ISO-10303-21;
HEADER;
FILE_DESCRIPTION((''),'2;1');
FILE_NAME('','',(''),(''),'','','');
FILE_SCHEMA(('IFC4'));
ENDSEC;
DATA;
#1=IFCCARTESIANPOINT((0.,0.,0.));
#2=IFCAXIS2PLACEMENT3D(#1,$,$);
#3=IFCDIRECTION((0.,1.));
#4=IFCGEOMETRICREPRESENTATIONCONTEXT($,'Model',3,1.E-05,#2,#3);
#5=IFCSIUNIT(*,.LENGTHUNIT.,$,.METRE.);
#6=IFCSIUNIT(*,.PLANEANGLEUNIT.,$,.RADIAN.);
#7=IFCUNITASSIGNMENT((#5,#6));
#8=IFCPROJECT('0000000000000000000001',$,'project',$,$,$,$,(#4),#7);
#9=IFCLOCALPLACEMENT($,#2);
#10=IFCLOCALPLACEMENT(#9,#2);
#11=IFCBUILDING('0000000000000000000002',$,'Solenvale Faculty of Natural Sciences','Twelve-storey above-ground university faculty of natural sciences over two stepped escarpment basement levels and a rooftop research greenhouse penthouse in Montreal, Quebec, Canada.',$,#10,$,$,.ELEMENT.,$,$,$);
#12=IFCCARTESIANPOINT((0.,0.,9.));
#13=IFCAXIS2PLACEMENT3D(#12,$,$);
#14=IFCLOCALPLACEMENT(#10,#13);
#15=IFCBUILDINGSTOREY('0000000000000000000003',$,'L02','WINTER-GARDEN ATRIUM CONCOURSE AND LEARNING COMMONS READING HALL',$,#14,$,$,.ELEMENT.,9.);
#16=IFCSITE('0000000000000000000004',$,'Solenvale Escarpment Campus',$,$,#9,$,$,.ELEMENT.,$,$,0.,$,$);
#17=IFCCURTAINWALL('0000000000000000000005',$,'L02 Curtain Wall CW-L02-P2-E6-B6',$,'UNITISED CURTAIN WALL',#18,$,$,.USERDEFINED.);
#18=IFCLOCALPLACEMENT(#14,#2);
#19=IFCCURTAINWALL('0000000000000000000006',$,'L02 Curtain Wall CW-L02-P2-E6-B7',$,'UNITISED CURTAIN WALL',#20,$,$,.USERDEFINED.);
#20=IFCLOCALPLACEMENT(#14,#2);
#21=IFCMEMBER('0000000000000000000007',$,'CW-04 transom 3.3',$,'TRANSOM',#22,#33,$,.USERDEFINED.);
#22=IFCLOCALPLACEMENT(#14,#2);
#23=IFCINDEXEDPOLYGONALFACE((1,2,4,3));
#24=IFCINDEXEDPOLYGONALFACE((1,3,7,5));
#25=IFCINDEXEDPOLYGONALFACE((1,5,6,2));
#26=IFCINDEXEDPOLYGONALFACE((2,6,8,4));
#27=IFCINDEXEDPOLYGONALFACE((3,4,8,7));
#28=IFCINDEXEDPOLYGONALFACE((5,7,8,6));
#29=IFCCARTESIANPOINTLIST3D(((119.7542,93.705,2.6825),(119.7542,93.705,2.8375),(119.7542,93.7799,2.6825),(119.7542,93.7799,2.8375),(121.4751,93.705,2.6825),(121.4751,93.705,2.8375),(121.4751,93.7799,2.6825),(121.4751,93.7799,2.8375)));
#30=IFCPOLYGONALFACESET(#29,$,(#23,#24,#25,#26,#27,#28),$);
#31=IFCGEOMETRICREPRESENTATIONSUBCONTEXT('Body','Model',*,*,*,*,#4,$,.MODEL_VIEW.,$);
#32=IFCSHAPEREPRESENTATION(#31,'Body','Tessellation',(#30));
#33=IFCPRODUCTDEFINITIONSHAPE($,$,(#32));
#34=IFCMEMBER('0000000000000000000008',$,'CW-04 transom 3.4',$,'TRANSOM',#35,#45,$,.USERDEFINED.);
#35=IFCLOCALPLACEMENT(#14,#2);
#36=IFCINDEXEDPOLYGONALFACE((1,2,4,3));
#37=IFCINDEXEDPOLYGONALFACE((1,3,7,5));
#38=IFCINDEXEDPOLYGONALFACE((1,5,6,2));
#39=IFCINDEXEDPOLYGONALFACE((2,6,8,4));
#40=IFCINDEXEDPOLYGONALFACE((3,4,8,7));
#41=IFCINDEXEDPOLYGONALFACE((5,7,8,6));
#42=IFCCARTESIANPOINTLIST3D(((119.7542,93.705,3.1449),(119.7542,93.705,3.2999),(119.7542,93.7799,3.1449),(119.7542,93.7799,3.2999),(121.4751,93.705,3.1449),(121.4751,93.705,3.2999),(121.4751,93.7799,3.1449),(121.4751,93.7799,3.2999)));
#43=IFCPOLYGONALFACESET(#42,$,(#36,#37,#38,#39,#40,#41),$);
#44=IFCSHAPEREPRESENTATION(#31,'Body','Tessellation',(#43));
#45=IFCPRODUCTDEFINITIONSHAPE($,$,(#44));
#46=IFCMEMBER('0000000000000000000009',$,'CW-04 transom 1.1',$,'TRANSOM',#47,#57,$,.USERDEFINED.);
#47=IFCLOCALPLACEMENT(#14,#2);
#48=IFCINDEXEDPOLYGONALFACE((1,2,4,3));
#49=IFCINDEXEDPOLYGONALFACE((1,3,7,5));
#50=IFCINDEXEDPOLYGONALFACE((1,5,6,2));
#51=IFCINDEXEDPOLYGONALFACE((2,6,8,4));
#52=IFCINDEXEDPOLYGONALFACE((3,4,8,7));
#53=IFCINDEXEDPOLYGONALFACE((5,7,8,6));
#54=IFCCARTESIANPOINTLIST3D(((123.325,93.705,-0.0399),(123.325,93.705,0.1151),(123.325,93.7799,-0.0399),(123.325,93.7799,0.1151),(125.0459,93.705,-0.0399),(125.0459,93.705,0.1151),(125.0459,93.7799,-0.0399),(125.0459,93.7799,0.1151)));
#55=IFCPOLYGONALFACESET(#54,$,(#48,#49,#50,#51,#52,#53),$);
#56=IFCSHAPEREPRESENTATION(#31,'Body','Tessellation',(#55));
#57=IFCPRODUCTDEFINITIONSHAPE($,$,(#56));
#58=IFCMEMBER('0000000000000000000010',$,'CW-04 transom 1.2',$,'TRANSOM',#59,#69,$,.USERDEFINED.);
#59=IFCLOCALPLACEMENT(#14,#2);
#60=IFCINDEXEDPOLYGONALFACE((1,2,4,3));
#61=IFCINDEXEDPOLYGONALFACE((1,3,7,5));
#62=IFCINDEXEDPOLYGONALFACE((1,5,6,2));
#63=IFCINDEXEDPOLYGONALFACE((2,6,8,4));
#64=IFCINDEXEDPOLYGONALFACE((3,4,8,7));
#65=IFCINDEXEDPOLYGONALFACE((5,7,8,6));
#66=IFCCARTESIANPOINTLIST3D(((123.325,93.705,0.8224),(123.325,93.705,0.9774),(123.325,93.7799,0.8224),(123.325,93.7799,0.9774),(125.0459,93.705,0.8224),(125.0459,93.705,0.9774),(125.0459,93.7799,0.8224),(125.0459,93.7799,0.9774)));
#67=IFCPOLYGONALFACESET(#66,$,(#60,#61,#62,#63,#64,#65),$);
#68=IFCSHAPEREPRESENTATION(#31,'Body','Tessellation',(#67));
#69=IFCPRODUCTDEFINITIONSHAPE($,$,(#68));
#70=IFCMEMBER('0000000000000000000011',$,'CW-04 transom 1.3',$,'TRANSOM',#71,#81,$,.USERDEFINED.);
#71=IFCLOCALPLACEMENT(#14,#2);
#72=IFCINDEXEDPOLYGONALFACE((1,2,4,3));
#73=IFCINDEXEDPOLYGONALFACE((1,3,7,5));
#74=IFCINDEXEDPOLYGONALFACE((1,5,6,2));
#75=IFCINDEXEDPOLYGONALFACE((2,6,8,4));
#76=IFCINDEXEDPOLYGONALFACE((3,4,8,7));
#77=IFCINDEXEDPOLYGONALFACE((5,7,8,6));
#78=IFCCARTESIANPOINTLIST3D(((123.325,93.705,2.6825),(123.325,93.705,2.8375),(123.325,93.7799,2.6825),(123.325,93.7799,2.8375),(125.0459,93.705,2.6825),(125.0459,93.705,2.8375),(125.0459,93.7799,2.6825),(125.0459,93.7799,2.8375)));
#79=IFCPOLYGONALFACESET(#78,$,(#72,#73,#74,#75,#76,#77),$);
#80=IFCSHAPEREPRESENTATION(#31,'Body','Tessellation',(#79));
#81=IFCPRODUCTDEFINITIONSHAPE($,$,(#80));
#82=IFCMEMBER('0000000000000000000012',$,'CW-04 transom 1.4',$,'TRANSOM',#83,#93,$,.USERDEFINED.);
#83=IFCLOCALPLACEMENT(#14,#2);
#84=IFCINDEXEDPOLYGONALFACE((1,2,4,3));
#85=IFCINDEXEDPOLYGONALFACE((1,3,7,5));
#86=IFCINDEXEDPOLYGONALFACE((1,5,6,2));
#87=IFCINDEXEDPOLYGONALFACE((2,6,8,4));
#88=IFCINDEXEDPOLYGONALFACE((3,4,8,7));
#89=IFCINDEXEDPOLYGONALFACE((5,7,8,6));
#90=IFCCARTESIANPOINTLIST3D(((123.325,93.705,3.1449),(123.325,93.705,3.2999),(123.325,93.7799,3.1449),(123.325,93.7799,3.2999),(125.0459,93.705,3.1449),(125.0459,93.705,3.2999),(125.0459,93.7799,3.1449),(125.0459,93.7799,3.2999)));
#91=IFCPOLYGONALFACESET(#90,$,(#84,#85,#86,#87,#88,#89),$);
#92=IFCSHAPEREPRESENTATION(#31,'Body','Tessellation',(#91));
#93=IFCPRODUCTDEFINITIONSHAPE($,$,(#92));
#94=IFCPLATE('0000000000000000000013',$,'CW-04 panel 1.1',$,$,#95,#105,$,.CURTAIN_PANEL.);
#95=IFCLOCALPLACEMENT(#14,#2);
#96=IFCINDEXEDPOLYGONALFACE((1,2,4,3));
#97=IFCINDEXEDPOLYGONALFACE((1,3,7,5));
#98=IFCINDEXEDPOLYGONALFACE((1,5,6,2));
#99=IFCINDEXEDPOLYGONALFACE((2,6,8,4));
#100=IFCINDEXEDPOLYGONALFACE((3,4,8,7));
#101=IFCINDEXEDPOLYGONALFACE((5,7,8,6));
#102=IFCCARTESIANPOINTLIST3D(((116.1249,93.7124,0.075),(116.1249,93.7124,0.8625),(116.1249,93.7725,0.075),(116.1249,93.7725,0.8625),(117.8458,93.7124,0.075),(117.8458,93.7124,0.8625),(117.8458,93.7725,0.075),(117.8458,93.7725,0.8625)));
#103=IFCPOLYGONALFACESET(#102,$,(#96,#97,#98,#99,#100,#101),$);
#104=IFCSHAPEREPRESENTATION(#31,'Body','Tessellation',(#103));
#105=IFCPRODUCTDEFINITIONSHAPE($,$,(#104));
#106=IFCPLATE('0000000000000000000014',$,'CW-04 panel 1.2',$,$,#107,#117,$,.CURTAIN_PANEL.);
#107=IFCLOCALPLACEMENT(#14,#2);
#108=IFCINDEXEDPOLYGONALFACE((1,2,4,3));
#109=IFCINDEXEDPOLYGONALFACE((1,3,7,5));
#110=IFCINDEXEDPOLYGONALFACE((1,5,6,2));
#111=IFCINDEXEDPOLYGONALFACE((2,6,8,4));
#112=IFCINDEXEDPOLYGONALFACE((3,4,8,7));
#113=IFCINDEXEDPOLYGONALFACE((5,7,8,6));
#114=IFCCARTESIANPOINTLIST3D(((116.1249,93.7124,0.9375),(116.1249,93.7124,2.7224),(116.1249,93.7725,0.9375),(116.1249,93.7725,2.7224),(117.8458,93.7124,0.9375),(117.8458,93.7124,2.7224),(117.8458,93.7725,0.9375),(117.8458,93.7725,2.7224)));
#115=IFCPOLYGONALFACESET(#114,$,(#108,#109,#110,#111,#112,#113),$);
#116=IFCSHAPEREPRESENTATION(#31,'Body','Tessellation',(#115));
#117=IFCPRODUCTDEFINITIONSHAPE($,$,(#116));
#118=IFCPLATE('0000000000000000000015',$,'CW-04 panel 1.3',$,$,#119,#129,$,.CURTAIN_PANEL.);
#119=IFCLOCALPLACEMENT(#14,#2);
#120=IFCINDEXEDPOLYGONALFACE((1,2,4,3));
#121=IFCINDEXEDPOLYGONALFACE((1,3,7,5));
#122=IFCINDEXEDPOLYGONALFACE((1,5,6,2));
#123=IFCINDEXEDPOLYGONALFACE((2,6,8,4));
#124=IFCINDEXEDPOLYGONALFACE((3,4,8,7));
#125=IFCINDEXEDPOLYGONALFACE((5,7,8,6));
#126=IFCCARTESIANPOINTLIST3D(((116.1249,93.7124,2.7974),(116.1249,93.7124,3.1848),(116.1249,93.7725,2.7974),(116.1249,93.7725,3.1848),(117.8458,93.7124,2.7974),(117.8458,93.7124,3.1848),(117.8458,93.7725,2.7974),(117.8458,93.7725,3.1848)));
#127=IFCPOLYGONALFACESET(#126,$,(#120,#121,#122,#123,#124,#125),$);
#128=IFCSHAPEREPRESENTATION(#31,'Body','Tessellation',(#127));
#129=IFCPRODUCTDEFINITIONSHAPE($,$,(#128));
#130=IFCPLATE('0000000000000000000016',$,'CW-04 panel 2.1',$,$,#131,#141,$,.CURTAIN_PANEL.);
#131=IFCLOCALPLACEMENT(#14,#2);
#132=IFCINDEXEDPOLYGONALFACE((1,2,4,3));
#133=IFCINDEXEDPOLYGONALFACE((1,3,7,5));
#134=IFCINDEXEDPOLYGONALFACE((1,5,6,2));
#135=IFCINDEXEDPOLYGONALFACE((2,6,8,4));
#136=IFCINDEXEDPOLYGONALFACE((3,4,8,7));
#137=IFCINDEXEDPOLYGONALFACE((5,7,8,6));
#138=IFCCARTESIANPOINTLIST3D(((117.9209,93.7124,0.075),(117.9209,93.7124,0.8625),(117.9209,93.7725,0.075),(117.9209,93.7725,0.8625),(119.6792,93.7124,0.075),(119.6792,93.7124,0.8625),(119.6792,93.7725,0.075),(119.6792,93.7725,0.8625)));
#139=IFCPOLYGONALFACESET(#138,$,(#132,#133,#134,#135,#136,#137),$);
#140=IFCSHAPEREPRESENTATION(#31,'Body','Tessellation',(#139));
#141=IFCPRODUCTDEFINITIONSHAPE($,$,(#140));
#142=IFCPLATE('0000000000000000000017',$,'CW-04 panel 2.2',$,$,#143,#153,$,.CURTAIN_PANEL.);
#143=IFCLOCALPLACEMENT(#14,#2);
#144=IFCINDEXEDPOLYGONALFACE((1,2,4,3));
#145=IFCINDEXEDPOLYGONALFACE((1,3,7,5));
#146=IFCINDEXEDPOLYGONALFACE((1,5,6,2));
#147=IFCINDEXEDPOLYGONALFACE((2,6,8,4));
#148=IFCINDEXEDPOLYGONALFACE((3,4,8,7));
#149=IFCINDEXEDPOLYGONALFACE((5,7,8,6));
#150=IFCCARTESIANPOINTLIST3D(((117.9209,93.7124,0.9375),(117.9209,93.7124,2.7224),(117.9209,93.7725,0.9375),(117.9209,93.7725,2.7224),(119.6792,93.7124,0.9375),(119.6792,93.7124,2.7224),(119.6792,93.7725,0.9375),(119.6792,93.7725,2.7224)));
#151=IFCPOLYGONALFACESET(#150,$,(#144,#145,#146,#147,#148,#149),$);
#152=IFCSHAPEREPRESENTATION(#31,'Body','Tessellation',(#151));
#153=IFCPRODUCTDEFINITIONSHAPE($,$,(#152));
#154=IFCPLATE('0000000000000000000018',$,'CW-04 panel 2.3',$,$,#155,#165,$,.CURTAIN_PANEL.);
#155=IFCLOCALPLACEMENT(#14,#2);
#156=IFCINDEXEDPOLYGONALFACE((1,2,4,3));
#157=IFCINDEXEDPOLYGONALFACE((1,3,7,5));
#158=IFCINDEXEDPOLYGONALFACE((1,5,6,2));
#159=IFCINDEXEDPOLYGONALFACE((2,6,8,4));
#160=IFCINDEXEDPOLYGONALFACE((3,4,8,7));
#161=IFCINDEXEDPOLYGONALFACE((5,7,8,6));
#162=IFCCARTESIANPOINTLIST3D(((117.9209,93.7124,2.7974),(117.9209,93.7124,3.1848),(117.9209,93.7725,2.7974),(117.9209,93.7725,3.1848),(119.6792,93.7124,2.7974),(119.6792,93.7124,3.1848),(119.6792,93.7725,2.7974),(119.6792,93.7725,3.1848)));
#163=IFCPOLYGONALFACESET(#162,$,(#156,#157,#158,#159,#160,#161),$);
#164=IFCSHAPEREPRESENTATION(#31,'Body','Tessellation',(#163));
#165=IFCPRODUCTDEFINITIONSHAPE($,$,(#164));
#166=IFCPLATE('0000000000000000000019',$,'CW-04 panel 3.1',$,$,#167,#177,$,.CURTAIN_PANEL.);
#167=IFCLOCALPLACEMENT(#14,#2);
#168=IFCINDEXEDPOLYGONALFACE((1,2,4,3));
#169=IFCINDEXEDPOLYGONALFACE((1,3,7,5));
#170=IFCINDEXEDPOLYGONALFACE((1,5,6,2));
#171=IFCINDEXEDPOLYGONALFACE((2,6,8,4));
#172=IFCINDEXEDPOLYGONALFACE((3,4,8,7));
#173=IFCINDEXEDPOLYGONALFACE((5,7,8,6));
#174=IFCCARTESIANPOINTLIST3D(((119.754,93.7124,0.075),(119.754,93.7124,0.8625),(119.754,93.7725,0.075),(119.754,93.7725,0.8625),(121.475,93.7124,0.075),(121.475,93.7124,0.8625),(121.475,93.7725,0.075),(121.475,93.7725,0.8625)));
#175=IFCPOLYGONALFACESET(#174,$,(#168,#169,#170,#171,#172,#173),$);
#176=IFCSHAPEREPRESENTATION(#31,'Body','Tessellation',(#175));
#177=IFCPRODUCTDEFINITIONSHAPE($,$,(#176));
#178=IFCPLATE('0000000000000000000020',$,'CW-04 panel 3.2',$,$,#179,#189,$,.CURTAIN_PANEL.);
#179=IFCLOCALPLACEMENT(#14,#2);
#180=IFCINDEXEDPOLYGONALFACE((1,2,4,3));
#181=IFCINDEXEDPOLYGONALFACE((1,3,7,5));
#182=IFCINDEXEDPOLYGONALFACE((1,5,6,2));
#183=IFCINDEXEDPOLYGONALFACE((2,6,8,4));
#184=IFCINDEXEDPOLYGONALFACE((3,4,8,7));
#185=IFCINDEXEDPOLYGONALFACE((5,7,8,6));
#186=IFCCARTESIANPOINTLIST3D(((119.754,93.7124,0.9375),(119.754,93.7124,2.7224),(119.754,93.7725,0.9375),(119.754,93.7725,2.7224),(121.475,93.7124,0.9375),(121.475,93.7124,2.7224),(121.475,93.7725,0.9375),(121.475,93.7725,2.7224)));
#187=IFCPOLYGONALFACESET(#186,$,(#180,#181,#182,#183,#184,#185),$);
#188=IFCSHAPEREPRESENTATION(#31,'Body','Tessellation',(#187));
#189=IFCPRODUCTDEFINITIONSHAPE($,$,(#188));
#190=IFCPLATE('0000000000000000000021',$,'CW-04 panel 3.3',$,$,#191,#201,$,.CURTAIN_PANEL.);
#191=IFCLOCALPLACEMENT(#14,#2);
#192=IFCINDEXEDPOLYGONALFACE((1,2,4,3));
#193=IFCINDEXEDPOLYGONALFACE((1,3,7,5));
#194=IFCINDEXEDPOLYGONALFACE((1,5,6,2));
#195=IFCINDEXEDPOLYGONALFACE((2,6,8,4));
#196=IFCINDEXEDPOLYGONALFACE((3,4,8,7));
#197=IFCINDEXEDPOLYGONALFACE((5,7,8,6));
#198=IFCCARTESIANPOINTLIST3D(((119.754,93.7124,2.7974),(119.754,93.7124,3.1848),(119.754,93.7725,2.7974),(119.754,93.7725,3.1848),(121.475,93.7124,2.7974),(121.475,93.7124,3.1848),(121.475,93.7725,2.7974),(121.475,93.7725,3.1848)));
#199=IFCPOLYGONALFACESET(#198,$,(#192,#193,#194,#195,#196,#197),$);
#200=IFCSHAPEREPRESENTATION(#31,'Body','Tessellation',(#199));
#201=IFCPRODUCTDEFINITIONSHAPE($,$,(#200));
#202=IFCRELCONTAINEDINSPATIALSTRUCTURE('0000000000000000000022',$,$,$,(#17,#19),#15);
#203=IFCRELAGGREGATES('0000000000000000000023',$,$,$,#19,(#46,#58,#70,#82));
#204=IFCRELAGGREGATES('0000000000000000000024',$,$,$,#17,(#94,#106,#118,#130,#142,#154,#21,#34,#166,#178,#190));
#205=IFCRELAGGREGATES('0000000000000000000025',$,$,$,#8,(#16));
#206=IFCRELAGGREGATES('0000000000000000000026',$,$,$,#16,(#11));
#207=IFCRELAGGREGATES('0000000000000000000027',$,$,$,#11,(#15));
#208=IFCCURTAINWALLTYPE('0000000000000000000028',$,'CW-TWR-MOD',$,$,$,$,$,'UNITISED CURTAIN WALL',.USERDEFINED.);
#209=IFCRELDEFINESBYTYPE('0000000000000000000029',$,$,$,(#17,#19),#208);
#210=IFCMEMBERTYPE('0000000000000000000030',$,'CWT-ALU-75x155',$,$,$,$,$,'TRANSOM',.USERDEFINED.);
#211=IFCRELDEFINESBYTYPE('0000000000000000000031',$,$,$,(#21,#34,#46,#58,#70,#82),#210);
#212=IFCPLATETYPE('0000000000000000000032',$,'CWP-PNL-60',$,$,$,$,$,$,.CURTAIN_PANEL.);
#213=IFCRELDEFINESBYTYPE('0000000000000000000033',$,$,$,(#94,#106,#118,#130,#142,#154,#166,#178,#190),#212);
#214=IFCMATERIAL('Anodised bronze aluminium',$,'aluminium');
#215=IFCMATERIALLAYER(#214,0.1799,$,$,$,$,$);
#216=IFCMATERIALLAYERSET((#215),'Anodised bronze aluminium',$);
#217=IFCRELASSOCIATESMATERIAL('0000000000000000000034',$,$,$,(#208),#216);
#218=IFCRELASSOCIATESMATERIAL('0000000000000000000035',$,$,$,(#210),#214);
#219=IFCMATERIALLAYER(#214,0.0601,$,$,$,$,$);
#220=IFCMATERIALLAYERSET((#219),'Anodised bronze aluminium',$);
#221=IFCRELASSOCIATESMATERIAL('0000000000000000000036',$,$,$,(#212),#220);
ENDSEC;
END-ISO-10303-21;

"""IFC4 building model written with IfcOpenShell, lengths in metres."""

from ifc_helpers import new_model, si_unit, direction, frame, origin, origin_2d, place, context, subcontext, project, spatial, rectangle, extrude, material, layer, layer_set, material_profile, profile_set, type_object, element, aggregate, save


model = new_model("IFC4")

# Units and contexts
model_context = context("Model", 3, precision=1e-05, world=origin(), true_north=direction((0.0, 1.0)))
body_context = subcontext(model_context, "Body", "Model", "MODEL_VIEW")
ifc_project = project(units=[si_unit("LENGTHUNIT", "METRE"), si_unit("PLANEANGLEUNIT", "RADIAN")], contexts=[model_context])

# Site, building, storey
site_placement = place(None, origin())
site = spatial("IfcSite", under=ifc_project, at=site_placement, Name="Solenvale Escarpment Campus", CompositionType="ELEMENT", RefElevation=0.0)
building_placement = place(site_placement, origin())
building = spatial("IfcBuilding", under=site, at=building_placement, Name="Solenvale Faculty of Natural Sciences", Description="Twelve-storey above-ground university faculty of natural sciences over two stepped escarpment basement levels and a rooftop research greenhouse penthouse in Montreal, Quebec, Canada.", CompositionType="ELEMENT")
storey_placement = place(building_placement, frame((0.0, 0.0, 9.0)))
storey = spatial("IfcBuildingStorey", under=building, at=storey_placement, Name="L02", Description="WINTER-GARDEN ATRIUM CONCOURSE AND LEARNING COMMONS READING HALL", CompositionType="ELEMENT", Elevation=9.0)

# Curtain wall
ifc_material_1 = material(Name="Anodised bronze aluminium", Category="aluminium")
ifc_layer_1 = layer(ifc_material_1, 0.1799)
ifc_layer_set_1 = layer_set([ifc_layer_1], Name="Anodised bronze aluminium")
curtain_wall_type = type_object("IfcCurtainWallType", Name="CW-TWR-MOD", ElementType="UNITISED CURTAIN WALL", PredefinedType="USERDEFINED", material=ifc_layer_set_1)
curtain_wall_1_placement = place(storey_placement, origin())
curtain_wall_1 = element("IfcCurtainWall", 1, at=curtain_wall_1_placement, inside=storey, type_object=curtain_wall_type, Name="L02 Curtain Wall CW-L02-P2-E6-B6", ObjectType="UNITISED CURTAIN WALL", PredefinedType="USERDEFINED")

# Curtain wall
curtain_wall_2_placement = place(storey_placement, origin())
curtain_wall_2 = element("IfcCurtainWall", 2, at=curtain_wall_2_placement, inside=storey, type_object=curtain_wall_type, Name="L02 Curtain Wall CW-L02-P2-E6-B7", ObjectType="UNITISED CURTAIN WALL", PredefinedType="USERDEFINED")

# Members
ifc_material_profile_1 = material_profile(ifc_material_1, rectangle(XDim=0.075, YDim=0.155, at=origin_2d()), Name="ALU-TRN-75x155")
ifc_profile_set_1 = profile_set([ifc_material_profile_1], Name="Anodised bronze aluminium")
member_type_1 = type_object("IfcMemberType", Name="CWT-ALU-75x155", ElementType="TRANSOM", PredefinedType="USERDEFINED", material=ifc_profile_set_1)
member_1_placement = place(storey_placement, frame((119.7542, 93.7424, 2.76), z_axis=(1.0, 0.0, 0.0), x_axis=(0.0, 1.0, 0.0)))
member_1 = element("IfcMember", 3, at=member_1_placement, type_object=member_type_1, Name="CW-04 transom 3.3", ObjectType="TRANSOM", PredefinedType="USERDEFINED", context=body_context, shape_type="SweptSolid", body=[
    extrude(rectangle(XDim=0.075, YDim=0.155, at=origin_2d()), origin(), (0.0, 0.0, 1.0), 1.7209),
])
member_2_placement = place(storey_placement, frame((119.7542, 93.7424, 3.2224), z_axis=(1.0, 0.0, 0.0), x_axis=(0.0, 1.0, 0.0)))
member_2 = element("IfcMember", 4, at=member_2_placement, type_object=member_type_1, Name="CW-04 transom 3.4", ObjectType="TRANSOM", PredefinedType="USERDEFINED", context=body_context, shape_type="SweptSolid", body=[
    extrude(rectangle(XDim=0.075, YDim=0.155, at=origin_2d()), origin(), (0.0, 0.0, 1.0), 1.7209),
])
member_3_placement = place(storey_placement, frame((123.325, 93.7424, 0.0376), z_axis=(1.0, 0.0, 0.0), x_axis=(0.0, 1.0, 0.0)))
member_3 = element("IfcMember", 5, at=member_3_placement, type_object=member_type_1, Name="CW-04 transom 1.1", ObjectType="TRANSOM", PredefinedType="USERDEFINED", context=body_context, shape_type="SweptSolid", body=[
    extrude(rectangle(XDim=0.075, YDim=0.155, at=origin_2d()), origin(), (0.0, 0.0, 1.0), 1.7209),
])
member_4_placement = place(storey_placement, frame((123.325, 93.7424, 0.8999), z_axis=(1.0, 0.0, 0.0), x_axis=(0.0, 1.0, 0.0)))
member_4 = element("IfcMember", 6, at=member_4_placement, type_object=member_type_1, Name="CW-04 transom 1.2", ObjectType="TRANSOM", PredefinedType="USERDEFINED", context=body_context, shape_type="SweptSolid", body=[
    extrude(rectangle(XDim=0.075, YDim=0.155, at=origin_2d()), origin(), (0.0, 0.0, 1.0), 1.7209),
])
member_5_placement = place(storey_placement, frame((123.325, 93.7424, 2.76), z_axis=(1.0, 0.0, 0.0), x_axis=(0.0, 1.0, 0.0)))
member_5 = element("IfcMember", 7, at=member_5_placement, type_object=member_type_1, Name="CW-04 transom 1.3", ObjectType="TRANSOM", PredefinedType="USERDEFINED", context=body_context, shape_type="SweptSolid", body=[
    extrude(rectangle(XDim=0.075, YDim=0.155, at=origin_2d()), origin(), (0.0, 0.0, 1.0), 1.7209),
])
member_6_placement = place(storey_placement, frame((123.325, 93.7424, 3.2224), z_axis=(1.0, 0.0, 0.0), x_axis=(0.0, 1.0, 0.0)))
member_6 = element("IfcMember", 8, at=member_6_placement, type_object=member_type_1, Name="CW-04 transom 1.4", ObjectType="TRANSOM", PredefinedType="USERDEFINED", context=body_context, shape_type="SweptSolid", body=[
    extrude(rectangle(XDim=0.075, YDim=0.155, at=origin_2d()), origin(), (0.0, 0.0, 1.0), 1.7209),
])
aggregate(curtain_wall_2, [member_3, member_4, member_5, member_6])

# Plates
ifc_layer_2 = layer(ifc_material_1, 0.0601)
ifc_layer_set_2 = layer_set([ifc_layer_2], Name="Anodised bronze aluminium")
plate_type = type_object("IfcPlateType", Name="CWP-PNL-60", PredefinedType="CURTAIN_PANEL", material=ifc_layer_set_2)
plate_1_placement = place(storey_placement, frame((116.9854, 93.7424, 0.075), z_axis=(0.0, 0.0, 1.0), x_axis=(1.0, 0.0, 0.0)))
plate_1 = element("IfcPlate", 9, at=plate_1_placement, type_object=plate_type, Name="CW-04 panel 1.1", PredefinedType="CURTAIN_PANEL", context=body_context, shape_type="SweptSolid", body=[
    extrude(rectangle(XDim=1.7209, YDim=0.0601, at=origin_2d()), origin(), (0.0, 0.0, 1.0), 0.7876),
])
plate_2_placement = place(storey_placement, frame((116.9854, 93.7424, 0.9375), z_axis=(0.0, 0.0, 1.0), x_axis=(1.0, 0.0, 0.0)))
plate_2 = element("IfcPlate", 10, at=plate_2_placement, type_object=plate_type, Name="CW-04 panel 1.2", PredefinedType="CURTAIN_PANEL", context=body_context, shape_type="SweptSolid", body=[
    extrude(rectangle(XDim=1.7209, YDim=0.0601, at=origin_2d()), origin(), (0.0, 0.0, 1.0), 1.7849),
])
plate_3_placement = place(storey_placement, frame((116.9854, 93.7424, 2.7974), z_axis=(0.0, 0.0, 1.0), x_axis=(1.0, 0.0, 0.0)))
plate_3 = element("IfcPlate", 11, at=plate_3_placement, type_object=plate_type, Name="CW-04 panel 1.3", PredefinedType="CURTAIN_PANEL", context=body_context, shape_type="SweptSolid", body=[
    extrude(rectangle(XDim=1.7209, YDim=0.0601, at=origin_2d()), origin(), (0.0, 0.0, 1.0), 0.3875),
])
plate_4_placement = place(storey_placement, frame((118.8, 93.7424, 0.075), z_axis=(0.0, 0.0, 1.0), x_axis=(1.0, 0.0, 0.0)))
plate_4 = element("IfcPlate", 12, at=plate_4_placement, type_object=plate_type, Name="CW-04 panel 2.1", PredefinedType="CURTAIN_PANEL", context=body_context, shape_type="SweptSolid", body=[
    extrude(rectangle(XDim=1.7583, YDim=0.0601, at=origin_2d()), origin(), (0.0, 0.0, 1.0), 0.7876),
])
plate_5_placement = place(storey_placement, frame((118.8, 93.7424, 0.9375), z_axis=(0.0, 0.0, 1.0), x_axis=(1.0, 0.0, 0.0)))
plate_5 = element("IfcPlate", 13, at=plate_5_placement, type_object=plate_type, Name="CW-04 panel 2.2", PredefinedType="CURTAIN_PANEL", context=body_context, shape_type="SweptSolid", body=[
    extrude(rectangle(XDim=1.7583, YDim=0.0601, at=origin_2d()), origin(), (0.0, 0.0, 1.0), 1.7849),
])
plate_6_placement = place(storey_placement, frame((118.8, 93.7424, 2.7974), z_axis=(0.0, 0.0, 1.0), x_axis=(1.0, 0.0, 0.0)))
plate_6 = element("IfcPlate", 14, at=plate_6_placement, type_object=plate_type, Name="CW-04 panel 2.3", PredefinedType="CURTAIN_PANEL", context=body_context, shape_type="SweptSolid", body=[
    extrude(rectangle(XDim=1.7583, YDim=0.0601, at=origin_2d()), origin(), (0.0, 0.0, 1.0), 0.3875),
])
plate_7_placement = place(storey_placement, frame((120.6145, 93.7424, 0.075), z_axis=(0.0, 0.0, 1.0), x_axis=(1.0, 0.0, 0.0)))
plate_7 = element("IfcPlate", 15, at=plate_7_placement, type_object=plate_type, Name="CW-04 panel 3.1", PredefinedType="CURTAIN_PANEL", context=body_context, shape_type="SweptSolid", body=[
    extrude(rectangle(XDim=1.7209, YDim=0.0601, at=origin_2d()), origin(), (0.0, 0.0, 1.0), 0.7876),
])
plate_8_placement = place(storey_placement, frame((120.6145, 93.7424, 0.9375), z_axis=(0.0, 0.0, 1.0), x_axis=(1.0, 0.0, 0.0)))
plate_8 = element("IfcPlate", 16, at=plate_8_placement, type_object=plate_type, Name="CW-04 panel 3.2", PredefinedType="CURTAIN_PANEL", context=body_context, shape_type="SweptSolid", body=[
    extrude(rectangle(XDim=1.7209, YDim=0.0601, at=origin_2d()), origin(), (0.0, 0.0, 1.0), 1.7849),
])
plate_9_placement = place(storey_placement, frame((120.6145, 93.7424, 2.7974), z_axis=(0.0, 0.0, 1.0), x_axis=(1.0, 0.0, 0.0)))
plate_9 = element("IfcPlate", 17, at=plate_9_placement, type_object=plate_type, Name="CW-04 panel 3.3", PredefinedType="CURTAIN_PANEL", context=body_context, shape_type="SweptSolid", body=[
    extrude(rectangle(XDim=1.7209, YDim=0.0601, at=origin_2d()), origin(), (0.0, 0.0, 1.0), 0.3875),
])
aggregate(curtain_wall_1, [plate_1, plate_2, plate_3, plate_4, plate_5, plate_6, member_1, member_2, plate_7, plate_8, plate_9])

save(model, "model.ifc")
